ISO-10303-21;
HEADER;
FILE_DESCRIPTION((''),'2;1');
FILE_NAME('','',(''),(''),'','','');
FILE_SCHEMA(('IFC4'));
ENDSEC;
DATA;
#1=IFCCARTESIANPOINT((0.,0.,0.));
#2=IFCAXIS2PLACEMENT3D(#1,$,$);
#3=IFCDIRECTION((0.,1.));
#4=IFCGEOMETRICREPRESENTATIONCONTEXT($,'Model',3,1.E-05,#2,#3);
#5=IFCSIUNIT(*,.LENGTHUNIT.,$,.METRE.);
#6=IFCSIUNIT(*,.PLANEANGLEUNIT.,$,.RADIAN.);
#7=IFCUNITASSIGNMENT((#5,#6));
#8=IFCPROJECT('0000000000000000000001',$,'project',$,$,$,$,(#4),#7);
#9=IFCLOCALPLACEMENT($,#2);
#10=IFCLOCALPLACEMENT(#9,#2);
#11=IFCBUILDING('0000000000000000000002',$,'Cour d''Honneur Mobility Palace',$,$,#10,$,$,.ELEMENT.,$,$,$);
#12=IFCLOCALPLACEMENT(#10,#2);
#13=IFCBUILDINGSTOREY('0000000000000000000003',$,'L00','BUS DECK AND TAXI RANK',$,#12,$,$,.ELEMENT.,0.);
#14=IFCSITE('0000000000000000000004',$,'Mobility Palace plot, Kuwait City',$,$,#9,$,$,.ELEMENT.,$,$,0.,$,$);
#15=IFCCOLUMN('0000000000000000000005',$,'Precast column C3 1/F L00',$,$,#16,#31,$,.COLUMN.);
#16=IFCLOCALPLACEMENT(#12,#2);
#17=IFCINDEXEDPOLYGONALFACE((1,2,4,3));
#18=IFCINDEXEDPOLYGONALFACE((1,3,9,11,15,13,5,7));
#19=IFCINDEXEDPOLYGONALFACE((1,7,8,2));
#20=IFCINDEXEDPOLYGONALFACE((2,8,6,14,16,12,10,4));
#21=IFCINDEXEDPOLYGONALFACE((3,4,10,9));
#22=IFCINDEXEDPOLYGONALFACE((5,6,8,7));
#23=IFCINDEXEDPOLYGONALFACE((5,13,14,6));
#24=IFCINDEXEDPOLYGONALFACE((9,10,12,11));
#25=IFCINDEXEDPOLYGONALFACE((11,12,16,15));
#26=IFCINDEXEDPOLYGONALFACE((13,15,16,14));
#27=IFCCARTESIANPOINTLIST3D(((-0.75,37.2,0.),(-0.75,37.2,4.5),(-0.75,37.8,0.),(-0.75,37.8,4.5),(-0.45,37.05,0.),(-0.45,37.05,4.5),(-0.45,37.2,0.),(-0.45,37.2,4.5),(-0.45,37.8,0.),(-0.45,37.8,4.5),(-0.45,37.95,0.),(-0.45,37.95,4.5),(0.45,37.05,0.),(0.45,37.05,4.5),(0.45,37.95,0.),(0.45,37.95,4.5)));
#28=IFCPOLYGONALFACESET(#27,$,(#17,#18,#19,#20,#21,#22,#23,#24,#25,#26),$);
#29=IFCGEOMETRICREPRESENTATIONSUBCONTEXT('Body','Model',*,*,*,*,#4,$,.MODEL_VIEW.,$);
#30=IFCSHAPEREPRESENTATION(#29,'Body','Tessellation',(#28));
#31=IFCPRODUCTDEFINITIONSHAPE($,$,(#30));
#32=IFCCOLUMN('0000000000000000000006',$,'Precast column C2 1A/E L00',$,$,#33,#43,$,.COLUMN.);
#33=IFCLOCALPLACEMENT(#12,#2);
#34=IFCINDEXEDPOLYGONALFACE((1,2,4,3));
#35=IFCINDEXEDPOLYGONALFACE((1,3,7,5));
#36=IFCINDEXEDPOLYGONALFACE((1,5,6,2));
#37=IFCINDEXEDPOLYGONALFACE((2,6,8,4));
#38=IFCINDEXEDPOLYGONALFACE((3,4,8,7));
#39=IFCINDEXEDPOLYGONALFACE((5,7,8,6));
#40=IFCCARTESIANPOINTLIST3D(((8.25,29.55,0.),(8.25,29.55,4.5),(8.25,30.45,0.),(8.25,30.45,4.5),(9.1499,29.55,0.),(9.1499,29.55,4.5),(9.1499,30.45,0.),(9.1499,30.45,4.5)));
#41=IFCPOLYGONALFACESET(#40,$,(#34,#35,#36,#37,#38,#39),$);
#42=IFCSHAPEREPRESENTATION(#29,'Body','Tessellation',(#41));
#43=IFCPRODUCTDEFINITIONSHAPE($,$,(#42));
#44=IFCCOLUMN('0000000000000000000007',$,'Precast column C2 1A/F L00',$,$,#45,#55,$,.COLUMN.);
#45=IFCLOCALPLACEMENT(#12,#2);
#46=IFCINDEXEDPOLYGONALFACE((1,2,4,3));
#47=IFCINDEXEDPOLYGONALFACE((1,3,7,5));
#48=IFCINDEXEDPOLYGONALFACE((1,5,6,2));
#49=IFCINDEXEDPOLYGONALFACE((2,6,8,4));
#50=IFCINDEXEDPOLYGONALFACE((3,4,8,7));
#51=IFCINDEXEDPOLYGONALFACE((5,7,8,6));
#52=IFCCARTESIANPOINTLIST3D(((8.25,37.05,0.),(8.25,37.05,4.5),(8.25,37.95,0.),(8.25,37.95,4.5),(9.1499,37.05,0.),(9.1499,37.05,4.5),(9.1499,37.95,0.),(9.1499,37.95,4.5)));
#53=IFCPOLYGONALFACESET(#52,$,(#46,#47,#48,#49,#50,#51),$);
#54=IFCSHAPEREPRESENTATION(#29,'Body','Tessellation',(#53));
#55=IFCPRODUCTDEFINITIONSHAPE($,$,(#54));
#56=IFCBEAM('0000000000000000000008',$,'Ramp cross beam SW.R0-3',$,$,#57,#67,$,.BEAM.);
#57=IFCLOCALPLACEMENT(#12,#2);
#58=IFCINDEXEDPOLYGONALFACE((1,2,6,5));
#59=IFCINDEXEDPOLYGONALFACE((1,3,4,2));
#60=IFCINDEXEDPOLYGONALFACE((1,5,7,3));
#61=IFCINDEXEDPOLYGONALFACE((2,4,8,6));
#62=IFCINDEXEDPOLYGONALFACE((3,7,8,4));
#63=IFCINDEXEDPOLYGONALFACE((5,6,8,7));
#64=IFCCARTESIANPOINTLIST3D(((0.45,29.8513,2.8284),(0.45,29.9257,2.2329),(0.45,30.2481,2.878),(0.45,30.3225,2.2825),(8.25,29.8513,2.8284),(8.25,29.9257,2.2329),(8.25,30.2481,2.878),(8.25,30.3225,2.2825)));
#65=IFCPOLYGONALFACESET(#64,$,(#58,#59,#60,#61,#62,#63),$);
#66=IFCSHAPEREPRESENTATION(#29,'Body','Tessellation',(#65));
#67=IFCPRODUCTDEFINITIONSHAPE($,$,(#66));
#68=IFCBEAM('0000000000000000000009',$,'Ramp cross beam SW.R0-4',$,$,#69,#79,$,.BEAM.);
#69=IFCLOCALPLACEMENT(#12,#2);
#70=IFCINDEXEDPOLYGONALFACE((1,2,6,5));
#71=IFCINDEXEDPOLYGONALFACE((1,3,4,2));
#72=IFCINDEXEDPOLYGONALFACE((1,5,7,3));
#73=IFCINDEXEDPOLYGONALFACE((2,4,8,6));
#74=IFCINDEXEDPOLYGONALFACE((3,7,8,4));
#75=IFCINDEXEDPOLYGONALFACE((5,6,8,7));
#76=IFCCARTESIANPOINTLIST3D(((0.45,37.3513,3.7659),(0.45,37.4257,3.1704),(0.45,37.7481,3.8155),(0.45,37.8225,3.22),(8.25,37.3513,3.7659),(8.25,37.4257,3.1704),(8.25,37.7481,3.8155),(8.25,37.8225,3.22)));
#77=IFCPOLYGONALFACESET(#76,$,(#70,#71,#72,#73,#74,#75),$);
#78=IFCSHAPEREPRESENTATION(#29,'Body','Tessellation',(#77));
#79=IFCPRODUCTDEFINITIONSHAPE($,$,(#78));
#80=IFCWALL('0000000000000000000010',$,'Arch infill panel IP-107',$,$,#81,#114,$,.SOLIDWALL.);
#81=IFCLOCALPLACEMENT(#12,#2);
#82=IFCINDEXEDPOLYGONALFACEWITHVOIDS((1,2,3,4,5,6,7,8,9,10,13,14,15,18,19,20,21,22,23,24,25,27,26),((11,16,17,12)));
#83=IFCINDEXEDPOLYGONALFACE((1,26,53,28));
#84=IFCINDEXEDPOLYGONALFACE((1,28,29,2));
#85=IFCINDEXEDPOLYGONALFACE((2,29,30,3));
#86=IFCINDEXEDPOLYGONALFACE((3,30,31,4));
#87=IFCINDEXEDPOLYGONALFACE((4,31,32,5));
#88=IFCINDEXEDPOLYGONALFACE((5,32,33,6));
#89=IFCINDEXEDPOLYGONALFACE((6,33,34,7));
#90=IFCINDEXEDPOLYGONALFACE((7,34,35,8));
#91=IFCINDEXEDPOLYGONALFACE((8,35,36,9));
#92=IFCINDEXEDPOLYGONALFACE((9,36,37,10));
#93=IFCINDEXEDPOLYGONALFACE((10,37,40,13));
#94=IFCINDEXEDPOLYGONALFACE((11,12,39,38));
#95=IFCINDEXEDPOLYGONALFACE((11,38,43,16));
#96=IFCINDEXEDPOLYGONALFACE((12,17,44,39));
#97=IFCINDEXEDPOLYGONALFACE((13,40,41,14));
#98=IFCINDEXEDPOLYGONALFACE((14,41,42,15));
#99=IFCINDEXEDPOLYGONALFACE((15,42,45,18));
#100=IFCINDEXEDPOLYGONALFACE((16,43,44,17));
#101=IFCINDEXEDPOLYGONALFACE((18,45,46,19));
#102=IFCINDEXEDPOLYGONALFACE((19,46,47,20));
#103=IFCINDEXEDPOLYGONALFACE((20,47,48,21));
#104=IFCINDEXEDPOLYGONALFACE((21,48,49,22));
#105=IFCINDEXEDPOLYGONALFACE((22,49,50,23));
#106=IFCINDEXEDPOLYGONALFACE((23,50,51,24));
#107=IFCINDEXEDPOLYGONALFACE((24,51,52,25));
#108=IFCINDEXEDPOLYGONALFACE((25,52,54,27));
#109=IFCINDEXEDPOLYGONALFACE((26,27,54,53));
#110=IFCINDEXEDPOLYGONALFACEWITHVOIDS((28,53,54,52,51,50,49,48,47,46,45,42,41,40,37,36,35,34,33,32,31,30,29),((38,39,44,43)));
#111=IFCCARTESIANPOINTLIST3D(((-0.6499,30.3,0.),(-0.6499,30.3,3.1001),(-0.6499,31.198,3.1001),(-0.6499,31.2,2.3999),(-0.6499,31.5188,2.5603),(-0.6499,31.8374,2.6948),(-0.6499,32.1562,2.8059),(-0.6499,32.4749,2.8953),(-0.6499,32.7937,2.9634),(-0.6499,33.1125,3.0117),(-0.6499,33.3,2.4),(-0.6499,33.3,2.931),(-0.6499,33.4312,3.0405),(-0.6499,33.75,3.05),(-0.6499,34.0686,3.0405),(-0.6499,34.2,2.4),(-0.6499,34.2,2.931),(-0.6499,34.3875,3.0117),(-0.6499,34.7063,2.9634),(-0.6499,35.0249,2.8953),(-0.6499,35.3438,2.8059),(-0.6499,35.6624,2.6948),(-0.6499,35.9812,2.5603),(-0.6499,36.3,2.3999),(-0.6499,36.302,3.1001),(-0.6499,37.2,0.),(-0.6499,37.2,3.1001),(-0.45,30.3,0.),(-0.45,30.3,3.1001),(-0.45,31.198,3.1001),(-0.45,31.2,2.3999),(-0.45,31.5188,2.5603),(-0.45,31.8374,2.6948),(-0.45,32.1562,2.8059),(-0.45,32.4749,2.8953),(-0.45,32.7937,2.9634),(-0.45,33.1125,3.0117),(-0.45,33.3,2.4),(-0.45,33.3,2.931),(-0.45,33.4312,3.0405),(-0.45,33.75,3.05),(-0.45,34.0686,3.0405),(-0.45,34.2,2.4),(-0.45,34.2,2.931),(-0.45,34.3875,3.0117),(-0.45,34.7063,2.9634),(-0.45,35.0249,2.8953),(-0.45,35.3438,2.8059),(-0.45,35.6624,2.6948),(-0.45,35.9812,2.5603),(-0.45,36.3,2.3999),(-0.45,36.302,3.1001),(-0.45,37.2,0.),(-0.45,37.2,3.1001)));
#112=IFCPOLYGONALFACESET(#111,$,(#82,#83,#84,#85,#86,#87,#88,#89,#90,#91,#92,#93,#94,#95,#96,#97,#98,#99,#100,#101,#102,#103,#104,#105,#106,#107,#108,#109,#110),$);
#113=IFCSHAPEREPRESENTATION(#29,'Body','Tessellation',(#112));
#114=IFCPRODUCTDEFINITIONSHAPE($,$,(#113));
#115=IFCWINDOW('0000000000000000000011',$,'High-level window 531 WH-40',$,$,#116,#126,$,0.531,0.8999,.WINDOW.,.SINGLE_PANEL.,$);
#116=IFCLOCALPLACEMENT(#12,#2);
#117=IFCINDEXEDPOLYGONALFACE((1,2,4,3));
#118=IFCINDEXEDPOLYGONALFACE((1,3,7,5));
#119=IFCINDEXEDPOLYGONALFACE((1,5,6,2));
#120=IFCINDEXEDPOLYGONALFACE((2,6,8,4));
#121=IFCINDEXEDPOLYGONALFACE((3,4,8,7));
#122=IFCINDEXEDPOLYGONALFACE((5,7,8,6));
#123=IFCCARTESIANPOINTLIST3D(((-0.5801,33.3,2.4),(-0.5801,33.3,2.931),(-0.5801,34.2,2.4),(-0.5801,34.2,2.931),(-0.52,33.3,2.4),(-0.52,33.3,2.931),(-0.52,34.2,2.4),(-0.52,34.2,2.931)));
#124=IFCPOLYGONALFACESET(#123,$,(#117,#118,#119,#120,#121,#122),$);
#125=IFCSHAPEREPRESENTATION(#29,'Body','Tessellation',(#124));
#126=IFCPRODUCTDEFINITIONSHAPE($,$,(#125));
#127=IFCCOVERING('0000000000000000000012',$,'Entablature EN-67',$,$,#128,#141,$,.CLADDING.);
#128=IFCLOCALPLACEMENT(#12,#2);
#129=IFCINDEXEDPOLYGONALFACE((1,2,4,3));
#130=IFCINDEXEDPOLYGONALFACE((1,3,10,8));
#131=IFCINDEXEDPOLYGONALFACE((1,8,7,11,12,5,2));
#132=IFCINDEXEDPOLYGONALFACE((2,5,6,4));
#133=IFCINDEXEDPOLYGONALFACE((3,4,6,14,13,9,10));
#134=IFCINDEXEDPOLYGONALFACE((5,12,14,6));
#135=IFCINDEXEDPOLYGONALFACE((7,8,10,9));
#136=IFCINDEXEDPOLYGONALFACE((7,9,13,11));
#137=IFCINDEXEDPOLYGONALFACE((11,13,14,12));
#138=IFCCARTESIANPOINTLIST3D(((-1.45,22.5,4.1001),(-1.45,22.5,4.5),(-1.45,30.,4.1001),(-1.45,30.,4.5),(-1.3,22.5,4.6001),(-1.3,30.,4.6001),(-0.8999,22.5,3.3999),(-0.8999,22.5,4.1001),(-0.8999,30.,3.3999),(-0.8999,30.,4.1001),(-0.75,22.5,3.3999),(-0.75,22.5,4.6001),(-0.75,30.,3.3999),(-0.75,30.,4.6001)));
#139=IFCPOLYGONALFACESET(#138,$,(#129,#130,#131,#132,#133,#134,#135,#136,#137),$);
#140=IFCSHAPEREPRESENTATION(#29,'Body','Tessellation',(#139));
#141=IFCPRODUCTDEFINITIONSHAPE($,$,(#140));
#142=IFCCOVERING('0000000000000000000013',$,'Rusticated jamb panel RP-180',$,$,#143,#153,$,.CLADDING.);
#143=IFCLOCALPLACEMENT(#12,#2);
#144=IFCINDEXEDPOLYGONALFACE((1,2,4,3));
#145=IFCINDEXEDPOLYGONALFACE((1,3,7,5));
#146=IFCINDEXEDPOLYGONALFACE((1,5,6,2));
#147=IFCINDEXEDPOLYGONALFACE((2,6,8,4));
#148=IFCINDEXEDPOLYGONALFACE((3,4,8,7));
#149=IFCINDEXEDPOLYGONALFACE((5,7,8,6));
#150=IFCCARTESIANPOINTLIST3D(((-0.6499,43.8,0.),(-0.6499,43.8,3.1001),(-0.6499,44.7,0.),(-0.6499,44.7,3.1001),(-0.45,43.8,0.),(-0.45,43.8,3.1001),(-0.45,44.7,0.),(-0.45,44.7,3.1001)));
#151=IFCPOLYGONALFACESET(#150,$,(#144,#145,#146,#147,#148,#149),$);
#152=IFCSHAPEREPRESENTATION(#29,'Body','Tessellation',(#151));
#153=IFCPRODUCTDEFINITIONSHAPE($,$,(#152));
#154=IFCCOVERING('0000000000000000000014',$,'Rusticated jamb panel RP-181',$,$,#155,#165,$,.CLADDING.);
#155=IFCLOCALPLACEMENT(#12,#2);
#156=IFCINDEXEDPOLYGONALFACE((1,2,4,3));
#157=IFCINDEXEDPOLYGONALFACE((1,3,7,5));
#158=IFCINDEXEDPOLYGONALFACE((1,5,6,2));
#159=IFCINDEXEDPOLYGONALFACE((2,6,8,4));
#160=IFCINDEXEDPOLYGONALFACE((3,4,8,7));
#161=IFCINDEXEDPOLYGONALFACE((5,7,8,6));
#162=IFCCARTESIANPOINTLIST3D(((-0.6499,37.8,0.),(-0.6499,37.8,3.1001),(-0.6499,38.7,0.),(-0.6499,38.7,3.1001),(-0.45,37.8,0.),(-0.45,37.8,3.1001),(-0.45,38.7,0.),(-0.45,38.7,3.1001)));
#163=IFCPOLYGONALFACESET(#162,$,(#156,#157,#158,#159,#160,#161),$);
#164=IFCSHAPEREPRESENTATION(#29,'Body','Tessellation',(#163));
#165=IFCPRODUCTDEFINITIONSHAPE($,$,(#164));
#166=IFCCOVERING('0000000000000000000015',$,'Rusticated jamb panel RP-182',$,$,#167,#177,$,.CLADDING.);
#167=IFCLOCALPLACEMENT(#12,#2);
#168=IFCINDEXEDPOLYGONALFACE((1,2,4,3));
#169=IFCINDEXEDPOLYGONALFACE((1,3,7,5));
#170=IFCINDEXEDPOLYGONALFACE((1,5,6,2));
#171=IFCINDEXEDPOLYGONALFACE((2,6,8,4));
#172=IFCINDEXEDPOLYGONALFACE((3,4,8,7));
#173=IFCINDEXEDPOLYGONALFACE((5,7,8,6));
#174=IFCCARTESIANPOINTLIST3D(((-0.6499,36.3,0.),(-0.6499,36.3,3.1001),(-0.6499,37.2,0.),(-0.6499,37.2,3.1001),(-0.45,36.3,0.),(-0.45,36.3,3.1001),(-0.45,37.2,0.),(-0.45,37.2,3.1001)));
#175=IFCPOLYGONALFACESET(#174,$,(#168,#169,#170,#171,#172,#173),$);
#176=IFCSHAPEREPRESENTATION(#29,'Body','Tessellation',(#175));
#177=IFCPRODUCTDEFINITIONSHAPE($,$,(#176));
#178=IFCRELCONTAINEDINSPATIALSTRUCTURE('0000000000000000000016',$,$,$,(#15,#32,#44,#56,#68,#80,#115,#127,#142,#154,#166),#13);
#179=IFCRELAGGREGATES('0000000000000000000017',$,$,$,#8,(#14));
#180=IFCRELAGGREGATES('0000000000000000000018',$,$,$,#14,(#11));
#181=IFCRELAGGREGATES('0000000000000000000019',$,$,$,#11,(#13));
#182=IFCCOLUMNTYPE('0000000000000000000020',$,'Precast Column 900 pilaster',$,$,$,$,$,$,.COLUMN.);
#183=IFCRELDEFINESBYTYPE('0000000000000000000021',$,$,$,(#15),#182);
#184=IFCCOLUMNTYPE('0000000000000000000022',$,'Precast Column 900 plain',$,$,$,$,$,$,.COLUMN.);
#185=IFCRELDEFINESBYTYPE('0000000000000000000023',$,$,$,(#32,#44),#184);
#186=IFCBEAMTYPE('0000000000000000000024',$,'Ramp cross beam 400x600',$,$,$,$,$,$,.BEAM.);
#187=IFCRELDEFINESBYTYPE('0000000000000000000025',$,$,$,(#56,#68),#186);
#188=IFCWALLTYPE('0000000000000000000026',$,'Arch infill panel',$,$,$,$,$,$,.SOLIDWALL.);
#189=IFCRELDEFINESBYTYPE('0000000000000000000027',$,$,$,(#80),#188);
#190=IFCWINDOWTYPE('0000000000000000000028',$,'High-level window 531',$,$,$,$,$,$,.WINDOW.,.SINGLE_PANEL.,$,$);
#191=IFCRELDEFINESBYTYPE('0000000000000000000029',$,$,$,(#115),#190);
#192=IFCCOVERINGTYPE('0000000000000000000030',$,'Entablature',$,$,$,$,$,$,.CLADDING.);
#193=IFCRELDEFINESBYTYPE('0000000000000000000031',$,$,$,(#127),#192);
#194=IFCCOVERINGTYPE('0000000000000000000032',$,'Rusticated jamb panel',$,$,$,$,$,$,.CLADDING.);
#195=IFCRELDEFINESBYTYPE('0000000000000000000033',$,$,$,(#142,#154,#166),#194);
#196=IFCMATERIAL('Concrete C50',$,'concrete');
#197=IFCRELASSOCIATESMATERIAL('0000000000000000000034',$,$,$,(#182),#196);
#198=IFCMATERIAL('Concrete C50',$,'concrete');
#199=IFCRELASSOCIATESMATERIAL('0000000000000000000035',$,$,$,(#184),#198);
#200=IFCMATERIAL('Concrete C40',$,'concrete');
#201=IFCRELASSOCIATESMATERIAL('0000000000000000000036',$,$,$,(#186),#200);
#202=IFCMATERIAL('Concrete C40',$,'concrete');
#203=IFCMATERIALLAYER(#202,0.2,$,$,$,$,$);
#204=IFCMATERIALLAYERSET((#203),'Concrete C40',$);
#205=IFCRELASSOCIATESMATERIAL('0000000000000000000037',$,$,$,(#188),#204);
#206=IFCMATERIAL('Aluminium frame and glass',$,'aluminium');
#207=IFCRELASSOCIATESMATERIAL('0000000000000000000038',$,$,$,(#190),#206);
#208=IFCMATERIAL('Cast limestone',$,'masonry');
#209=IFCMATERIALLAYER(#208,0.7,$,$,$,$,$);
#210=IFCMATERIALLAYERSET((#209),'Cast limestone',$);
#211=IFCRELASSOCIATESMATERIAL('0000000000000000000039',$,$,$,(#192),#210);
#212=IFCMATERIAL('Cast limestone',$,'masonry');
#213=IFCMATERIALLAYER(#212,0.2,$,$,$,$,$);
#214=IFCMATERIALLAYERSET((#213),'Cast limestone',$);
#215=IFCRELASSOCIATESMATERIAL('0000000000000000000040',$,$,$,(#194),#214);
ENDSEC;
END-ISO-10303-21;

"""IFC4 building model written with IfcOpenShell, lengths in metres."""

from ifc_helpers import new_model, si_unit, direction, frame, frame_2d, origin, origin_2d, place, context, subcontext, project, spatial, polyline, rectangle, outline, extrude, material, layer, layer_set, material_profile, profile_set, type_object, element, fill, save


model = new_model("IFC4")

# Units and contexts
model_context = context("Model", 3, precision=1e-05, world=origin(), true_north=direction((0.0, 1.0)))
body_context = subcontext(model_context, "Body", "Model", "MODEL_VIEW")
ifc_project = project(units=[si_unit("LENGTHUNIT", "METRE"), si_unit("PLANEANGLEUNIT", "RADIAN")], contexts=[model_context])

# Site, building, storey
site_placement = place(None, origin())
site = spatial("IfcSite", under=ifc_project, at=site_placement, Name="Mobility Palace plot, Kuwait City", CompositionType="ELEMENT", RefElevation=0.0)
building_placement = place(site_placement, origin())
building = spatial("IfcBuilding", under=site, at=building_placement, Name="Cour d'Honneur Mobility Palace", CompositionType="ELEMENT")
storey_placement = place(building_placement, origin())
storey = spatial("IfcBuildingStorey", under=building, at=storey_placement, Name="L00", Description="BUS DECK AND TAXI RANK", CompositionType="ELEMENT", Elevation=0.0)

# Columns
ifc_material_1 = material(Name="Concrete C50", Category="concrete")
ifc_material_profile_1 = material_profile(ifc_material_1, outline(polyline([(-0.45, -0.45), (0.45, -0.45), (0.45, -0.3), (0.75, -0.3), (0.75, 0.3), (0.45, 0.3), (0.45, 0.45), (-0.45, 0.45), (-0.45, -0.45)])), Name="PC C900 pilaster")
ifc_profile_set_1 = profile_set([ifc_material_profile_1], Name="Concrete C50")
column_type_1 = type_object("IfcColumnType", Name="Precast Column 900 pilaster", PredefinedType="COLUMN", material=ifc_profile_set_1)
for number, where, z_axis, x_axis, name in (
    (1, (0.0, 37.5, 0.0), (0.0, 0.0, 1.0), (-1.0, 0.0, 0.0), "Precast column C3 1/F L00"),
):
    element("IfcColumn", number, at=place(storey_placement, frame(where, z_axis=z_axis, x_axis=x_axis)), inside=storey, type_object=column_type_1, Name=name, PredefinedType="COLUMN", context=body_context, shape_type="SweptSolid", body=[
        extrude(outline(polyline([(-0.45, -0.45), (0.45, -0.45), (0.45, -0.3), (0.75, -0.3), (0.75, 0.3), (0.45, 0.3), (0.45, 0.45), (-0.45, 0.45), (-0.45, -0.45)])), origin(), (0.0, 0.0, 1.0), 4.5),
    ])
ifc_material_2 = material(Name="Concrete C50", Category="concrete")
ifc_material_profile_2 = material_profile(ifc_material_2, outline(polyline([(-0.45, -0.45), (0.45, -0.45), (0.45, 0.45), (-0.45, 0.45), (-0.45, -0.45)])), Name="PC C900 plain")
ifc_profile_set_2 = profile_set([ifc_material_profile_2], Name="Concrete C50")
column_type_2 = type_object("IfcColumnType", Name="Precast Column 900 plain", PredefinedType="COLUMN", material=ifc_profile_set_2)
for number, where, z_axis, x_axis, name in (
    (2, (8.7, 30.0, 0.0), (0.0, 0.0, 1.0), (1.0, 0.0, 0.0), "Precast column C2 1A/E L00"),
    (3, (8.7, 37.5, 0.0), (0.0, 0.0, 1.0), (1.0, 0.0, 0.0), "Precast column C2 1A/F L00"),
):
    element("IfcColumn", number, at=place(storey_placement, frame(where, z_axis=z_axis, x_axis=x_axis)), inside=storey, type_object=column_type_2, Name=name, PredefinedType="COLUMN", context=body_context, shape_type="SweptSolid", body=[
        extrude(outline(polyline([(-0.45, -0.45), (0.45, -0.45), (0.45, 0.45), (-0.45, 0.45), (-0.45, -0.45)])), origin(), (0.0, 0.0, 1.0), 4.5),
    ])

# Beams
ifc_material_3 = material(Name="Concrete C40", Category="concrete")
ifc_material_profile_3 = material_profile(ifc_material_3, rectangle(XDim=0.3999, YDim=0.6001, at=origin_2d()), Name="Ramp cross beam 400x600")
ifc_profile_set_3 = profile_set([ifc_material_profile_3], Name="Concrete C40")
beam_type = type_object("IfcBeamType", Name="Ramp cross beam 400x600", PredefinedType="BEAM", material=ifc_profile_set_3)
for number, where, z_axis, x_axis, name in (
    (4, (0.45, 30.0869, 2.5554), (1.0, 0.0, 0.0), (0.0, 0.992278, 0.124035), "Ramp cross beam SW.R0-3"),
    (5, (0.45, 37.5869, 3.4929), (1.0, 0.0, 0.0), (0.0, 0.992278, 0.124035), "Ramp cross beam SW.R0-4"),
):
    element("IfcBeam", number, at=place(storey_placement, frame(where, z_axis=z_axis, x_axis=x_axis)), inside=storey, type_object=beam_type, Name=name, PredefinedType="BEAM", context=body_context, shape_type="SweptSolid", body=[
        extrude(rectangle(XDim=0.3999, YDim=0.6001, at=origin_2d()), origin(), (0.0, 0.0, 1.0), 7.8),
    ])

# Wall, opening, window
ifc_material_4 = material(Name="Concrete C40", Category="concrete")
ifc_layer_1 = layer(ifc_material_4, 0.2)
ifc_layer_set_1 = layer_set([ifc_layer_1], Name="Concrete C40")
wall_type = type_object("IfcWallType", Name="Arch infill panel", PredefinedType="SOLIDWALL", material=ifc_layer_set_1)
wall_placement = place(storey_placement, frame((-0.55, 37.2, 0.0), z_axis=(0.0, 0.0, 1.0), x_axis=(0.0, -1.0, 0.0)))
wall = element("IfcWall", 6, at=wall_placement, inside=storey, type_object=wall_type, Name="Arch infill panel IP-107", PredefinedType="SOLIDWALL", context=body_context, shape_type="SweptSolid", body=[
    extrude(outline(polyline([(0.0, 0.0), (6.8999, 0.0), (6.8999, 3.1001), (6.002, 3.1001), (6.0, 2.3999), (5.6812, 2.5603), (5.3625, 2.6948), (5.0437, 2.8059), (4.7251, 2.8953), (4.4062, 2.9634), (4.0874, 3.0117), (3.7688, 3.0405), (3.45, 3.05), (3.1313, 3.0405), (2.8125, 3.0117), (2.4937, 2.9634), (2.175, 2.8953), (1.8562, 2.8059), (1.5376, 2.6948), (1.2188, 2.5603), (0.8999, 2.3999), (0.8979, 3.1001), (0.0, 3.1001), (0.0, 0.0)])), frame((0.0, 0.1001, 0.0), z_axis=(0.0, -1.0, 0.0), x_axis=(1.0, 0.0, 0.0)), (0.0, 0.0, 1.0), 0.2),
])
opening_placement = place(wall_placement, frame((3.0, 0.0, 2.3999)))
opening = element("IfcOpeningElement", 7, at=opening_placement, cuts=wall, PredefinedType="OPENING", context=body_context, shape_type="SweptSolid", body=[
    extrude(rectangle(XDim=0.8999, YDim=0.531, at=frame_2d((0.45, 0.2656))), frame((0.0, 0.1099, 0.0), z_axis=(0.0, -1.0, 0.0), x_axis=(1.0, 0.0, 0.0)), (0.0, 0.0, 1.0), 0.22),
])
ifc_material_5 = material(Name="Aluminium frame and glass", Category="aluminium")
window_type = type_object("IfcWindowType", Name="High-level window 531", PartitioningType="SINGLE_PANEL", PredefinedType="WINDOW", material=ifc_material_5)
window_placement = place(opening_placement, origin())
window = element("IfcWindow", 8, at=window_placement, inside=storey, type_object=window_type, Name="High-level window 531 WH-40", OverallHeight=0.531, OverallWidth=0.8999, PartitioningType="SINGLE_PANEL", PredefinedType="WINDOW", context=body_context, shape_type="SweptSolid", body=[
    extrude(rectangle(XDim=0.8999, YDim=0.531, at=frame_2d((0.45, 0.2656))), frame((0.0, 0.03, 0.0), z_axis=(0.0, -1.0, 0.0), x_axis=(1.0, 0.0, 0.0)), (0.0, 0.0, 1.0), 0.0601),
])
fill(opening, window)

# Coverings
ifc_material_6 = material(Name="Cast limestone", Category="masonry")
ifc_layer_2 = layer(ifc_material_6, 0.7)
ifc_layer_set_2 = layer_set([ifc_layer_2], Name="Cast limestone")
covering_type_1 = type_object("IfcCoveringType", Name="Entablature", PredefinedType="CLADDING", material=ifc_layer_set_2)
covering_placement = place(storey_placement, frame((-0.75, 30.0, 3.3999), z_axis=(0.0, 1.0, 0.0), x_axis=(-1.0, 0.0, 0.0)))
element("IfcCovering", 9, at=covering_placement, inside=storey, type_object=covering_type_1, Name="Entablature EN-67", PredefinedType="CLADDING", context=body_context, shape_type="SweptSolid", body=[
    extrude(outline(polyline([(0.0, 0.0), (0.1499, 0.0), (0.1499, 0.7002), (0.7, 0.7002), (0.7, 1.1001), (0.55, 1.2002), (0.0, 1.2002), (0.0, 0.0)])), origin(), (0.0, 0.0, -1.0), 7.5),
])
ifc_material_7 = material(Name="Cast limestone", Category="masonry")
ifc_layer_3 = layer(ifc_material_7, 0.2)
ifc_layer_set_3 = layer_set([ifc_layer_3], Name="Cast limestone")
covering_type_2 = type_object("IfcCoveringType", Name="Rusticated jamb panel", PredefinedType="CLADDING", material=ifc_layer_set_3)
for number, where, z_axis, x_axis, name in (
    (10, (-0.6499, 44.7, 0.0), (-1.0, 0.0, 0.0), (0.0, -1.0, 0.0), "Rusticated jamb panel RP-180"),
    (11, (-0.6499, 38.7, 0.0), (-1.0, 0.0, 0.0), (0.0, -1.0, 0.0), "Rusticated jamb panel RP-181"),
    (12, (-0.6499, 37.2, 0.0), (-1.0, 0.0, 0.0), (0.0, -1.0, 0.0), "Rusticated jamb panel RP-182"),
):
    element("IfcCovering", number, at=place(storey_placement, frame(where, z_axis=z_axis, x_axis=x_axis)), inside=storey, type_object=covering_type_2, Name=name, PredefinedType="CLADDING", context=body_context, shape_type="SweptSolid", body=[
        extrude(outline(polyline([(0.0, 0.0), (0.8999, 0.0), (0.8999, 3.1001), (0.0, 3.1001), (0.0, 0.0)])), origin(), (0.0, 0.0, -1.0), 0.2),
    ])

save(model, "model.ifc")
